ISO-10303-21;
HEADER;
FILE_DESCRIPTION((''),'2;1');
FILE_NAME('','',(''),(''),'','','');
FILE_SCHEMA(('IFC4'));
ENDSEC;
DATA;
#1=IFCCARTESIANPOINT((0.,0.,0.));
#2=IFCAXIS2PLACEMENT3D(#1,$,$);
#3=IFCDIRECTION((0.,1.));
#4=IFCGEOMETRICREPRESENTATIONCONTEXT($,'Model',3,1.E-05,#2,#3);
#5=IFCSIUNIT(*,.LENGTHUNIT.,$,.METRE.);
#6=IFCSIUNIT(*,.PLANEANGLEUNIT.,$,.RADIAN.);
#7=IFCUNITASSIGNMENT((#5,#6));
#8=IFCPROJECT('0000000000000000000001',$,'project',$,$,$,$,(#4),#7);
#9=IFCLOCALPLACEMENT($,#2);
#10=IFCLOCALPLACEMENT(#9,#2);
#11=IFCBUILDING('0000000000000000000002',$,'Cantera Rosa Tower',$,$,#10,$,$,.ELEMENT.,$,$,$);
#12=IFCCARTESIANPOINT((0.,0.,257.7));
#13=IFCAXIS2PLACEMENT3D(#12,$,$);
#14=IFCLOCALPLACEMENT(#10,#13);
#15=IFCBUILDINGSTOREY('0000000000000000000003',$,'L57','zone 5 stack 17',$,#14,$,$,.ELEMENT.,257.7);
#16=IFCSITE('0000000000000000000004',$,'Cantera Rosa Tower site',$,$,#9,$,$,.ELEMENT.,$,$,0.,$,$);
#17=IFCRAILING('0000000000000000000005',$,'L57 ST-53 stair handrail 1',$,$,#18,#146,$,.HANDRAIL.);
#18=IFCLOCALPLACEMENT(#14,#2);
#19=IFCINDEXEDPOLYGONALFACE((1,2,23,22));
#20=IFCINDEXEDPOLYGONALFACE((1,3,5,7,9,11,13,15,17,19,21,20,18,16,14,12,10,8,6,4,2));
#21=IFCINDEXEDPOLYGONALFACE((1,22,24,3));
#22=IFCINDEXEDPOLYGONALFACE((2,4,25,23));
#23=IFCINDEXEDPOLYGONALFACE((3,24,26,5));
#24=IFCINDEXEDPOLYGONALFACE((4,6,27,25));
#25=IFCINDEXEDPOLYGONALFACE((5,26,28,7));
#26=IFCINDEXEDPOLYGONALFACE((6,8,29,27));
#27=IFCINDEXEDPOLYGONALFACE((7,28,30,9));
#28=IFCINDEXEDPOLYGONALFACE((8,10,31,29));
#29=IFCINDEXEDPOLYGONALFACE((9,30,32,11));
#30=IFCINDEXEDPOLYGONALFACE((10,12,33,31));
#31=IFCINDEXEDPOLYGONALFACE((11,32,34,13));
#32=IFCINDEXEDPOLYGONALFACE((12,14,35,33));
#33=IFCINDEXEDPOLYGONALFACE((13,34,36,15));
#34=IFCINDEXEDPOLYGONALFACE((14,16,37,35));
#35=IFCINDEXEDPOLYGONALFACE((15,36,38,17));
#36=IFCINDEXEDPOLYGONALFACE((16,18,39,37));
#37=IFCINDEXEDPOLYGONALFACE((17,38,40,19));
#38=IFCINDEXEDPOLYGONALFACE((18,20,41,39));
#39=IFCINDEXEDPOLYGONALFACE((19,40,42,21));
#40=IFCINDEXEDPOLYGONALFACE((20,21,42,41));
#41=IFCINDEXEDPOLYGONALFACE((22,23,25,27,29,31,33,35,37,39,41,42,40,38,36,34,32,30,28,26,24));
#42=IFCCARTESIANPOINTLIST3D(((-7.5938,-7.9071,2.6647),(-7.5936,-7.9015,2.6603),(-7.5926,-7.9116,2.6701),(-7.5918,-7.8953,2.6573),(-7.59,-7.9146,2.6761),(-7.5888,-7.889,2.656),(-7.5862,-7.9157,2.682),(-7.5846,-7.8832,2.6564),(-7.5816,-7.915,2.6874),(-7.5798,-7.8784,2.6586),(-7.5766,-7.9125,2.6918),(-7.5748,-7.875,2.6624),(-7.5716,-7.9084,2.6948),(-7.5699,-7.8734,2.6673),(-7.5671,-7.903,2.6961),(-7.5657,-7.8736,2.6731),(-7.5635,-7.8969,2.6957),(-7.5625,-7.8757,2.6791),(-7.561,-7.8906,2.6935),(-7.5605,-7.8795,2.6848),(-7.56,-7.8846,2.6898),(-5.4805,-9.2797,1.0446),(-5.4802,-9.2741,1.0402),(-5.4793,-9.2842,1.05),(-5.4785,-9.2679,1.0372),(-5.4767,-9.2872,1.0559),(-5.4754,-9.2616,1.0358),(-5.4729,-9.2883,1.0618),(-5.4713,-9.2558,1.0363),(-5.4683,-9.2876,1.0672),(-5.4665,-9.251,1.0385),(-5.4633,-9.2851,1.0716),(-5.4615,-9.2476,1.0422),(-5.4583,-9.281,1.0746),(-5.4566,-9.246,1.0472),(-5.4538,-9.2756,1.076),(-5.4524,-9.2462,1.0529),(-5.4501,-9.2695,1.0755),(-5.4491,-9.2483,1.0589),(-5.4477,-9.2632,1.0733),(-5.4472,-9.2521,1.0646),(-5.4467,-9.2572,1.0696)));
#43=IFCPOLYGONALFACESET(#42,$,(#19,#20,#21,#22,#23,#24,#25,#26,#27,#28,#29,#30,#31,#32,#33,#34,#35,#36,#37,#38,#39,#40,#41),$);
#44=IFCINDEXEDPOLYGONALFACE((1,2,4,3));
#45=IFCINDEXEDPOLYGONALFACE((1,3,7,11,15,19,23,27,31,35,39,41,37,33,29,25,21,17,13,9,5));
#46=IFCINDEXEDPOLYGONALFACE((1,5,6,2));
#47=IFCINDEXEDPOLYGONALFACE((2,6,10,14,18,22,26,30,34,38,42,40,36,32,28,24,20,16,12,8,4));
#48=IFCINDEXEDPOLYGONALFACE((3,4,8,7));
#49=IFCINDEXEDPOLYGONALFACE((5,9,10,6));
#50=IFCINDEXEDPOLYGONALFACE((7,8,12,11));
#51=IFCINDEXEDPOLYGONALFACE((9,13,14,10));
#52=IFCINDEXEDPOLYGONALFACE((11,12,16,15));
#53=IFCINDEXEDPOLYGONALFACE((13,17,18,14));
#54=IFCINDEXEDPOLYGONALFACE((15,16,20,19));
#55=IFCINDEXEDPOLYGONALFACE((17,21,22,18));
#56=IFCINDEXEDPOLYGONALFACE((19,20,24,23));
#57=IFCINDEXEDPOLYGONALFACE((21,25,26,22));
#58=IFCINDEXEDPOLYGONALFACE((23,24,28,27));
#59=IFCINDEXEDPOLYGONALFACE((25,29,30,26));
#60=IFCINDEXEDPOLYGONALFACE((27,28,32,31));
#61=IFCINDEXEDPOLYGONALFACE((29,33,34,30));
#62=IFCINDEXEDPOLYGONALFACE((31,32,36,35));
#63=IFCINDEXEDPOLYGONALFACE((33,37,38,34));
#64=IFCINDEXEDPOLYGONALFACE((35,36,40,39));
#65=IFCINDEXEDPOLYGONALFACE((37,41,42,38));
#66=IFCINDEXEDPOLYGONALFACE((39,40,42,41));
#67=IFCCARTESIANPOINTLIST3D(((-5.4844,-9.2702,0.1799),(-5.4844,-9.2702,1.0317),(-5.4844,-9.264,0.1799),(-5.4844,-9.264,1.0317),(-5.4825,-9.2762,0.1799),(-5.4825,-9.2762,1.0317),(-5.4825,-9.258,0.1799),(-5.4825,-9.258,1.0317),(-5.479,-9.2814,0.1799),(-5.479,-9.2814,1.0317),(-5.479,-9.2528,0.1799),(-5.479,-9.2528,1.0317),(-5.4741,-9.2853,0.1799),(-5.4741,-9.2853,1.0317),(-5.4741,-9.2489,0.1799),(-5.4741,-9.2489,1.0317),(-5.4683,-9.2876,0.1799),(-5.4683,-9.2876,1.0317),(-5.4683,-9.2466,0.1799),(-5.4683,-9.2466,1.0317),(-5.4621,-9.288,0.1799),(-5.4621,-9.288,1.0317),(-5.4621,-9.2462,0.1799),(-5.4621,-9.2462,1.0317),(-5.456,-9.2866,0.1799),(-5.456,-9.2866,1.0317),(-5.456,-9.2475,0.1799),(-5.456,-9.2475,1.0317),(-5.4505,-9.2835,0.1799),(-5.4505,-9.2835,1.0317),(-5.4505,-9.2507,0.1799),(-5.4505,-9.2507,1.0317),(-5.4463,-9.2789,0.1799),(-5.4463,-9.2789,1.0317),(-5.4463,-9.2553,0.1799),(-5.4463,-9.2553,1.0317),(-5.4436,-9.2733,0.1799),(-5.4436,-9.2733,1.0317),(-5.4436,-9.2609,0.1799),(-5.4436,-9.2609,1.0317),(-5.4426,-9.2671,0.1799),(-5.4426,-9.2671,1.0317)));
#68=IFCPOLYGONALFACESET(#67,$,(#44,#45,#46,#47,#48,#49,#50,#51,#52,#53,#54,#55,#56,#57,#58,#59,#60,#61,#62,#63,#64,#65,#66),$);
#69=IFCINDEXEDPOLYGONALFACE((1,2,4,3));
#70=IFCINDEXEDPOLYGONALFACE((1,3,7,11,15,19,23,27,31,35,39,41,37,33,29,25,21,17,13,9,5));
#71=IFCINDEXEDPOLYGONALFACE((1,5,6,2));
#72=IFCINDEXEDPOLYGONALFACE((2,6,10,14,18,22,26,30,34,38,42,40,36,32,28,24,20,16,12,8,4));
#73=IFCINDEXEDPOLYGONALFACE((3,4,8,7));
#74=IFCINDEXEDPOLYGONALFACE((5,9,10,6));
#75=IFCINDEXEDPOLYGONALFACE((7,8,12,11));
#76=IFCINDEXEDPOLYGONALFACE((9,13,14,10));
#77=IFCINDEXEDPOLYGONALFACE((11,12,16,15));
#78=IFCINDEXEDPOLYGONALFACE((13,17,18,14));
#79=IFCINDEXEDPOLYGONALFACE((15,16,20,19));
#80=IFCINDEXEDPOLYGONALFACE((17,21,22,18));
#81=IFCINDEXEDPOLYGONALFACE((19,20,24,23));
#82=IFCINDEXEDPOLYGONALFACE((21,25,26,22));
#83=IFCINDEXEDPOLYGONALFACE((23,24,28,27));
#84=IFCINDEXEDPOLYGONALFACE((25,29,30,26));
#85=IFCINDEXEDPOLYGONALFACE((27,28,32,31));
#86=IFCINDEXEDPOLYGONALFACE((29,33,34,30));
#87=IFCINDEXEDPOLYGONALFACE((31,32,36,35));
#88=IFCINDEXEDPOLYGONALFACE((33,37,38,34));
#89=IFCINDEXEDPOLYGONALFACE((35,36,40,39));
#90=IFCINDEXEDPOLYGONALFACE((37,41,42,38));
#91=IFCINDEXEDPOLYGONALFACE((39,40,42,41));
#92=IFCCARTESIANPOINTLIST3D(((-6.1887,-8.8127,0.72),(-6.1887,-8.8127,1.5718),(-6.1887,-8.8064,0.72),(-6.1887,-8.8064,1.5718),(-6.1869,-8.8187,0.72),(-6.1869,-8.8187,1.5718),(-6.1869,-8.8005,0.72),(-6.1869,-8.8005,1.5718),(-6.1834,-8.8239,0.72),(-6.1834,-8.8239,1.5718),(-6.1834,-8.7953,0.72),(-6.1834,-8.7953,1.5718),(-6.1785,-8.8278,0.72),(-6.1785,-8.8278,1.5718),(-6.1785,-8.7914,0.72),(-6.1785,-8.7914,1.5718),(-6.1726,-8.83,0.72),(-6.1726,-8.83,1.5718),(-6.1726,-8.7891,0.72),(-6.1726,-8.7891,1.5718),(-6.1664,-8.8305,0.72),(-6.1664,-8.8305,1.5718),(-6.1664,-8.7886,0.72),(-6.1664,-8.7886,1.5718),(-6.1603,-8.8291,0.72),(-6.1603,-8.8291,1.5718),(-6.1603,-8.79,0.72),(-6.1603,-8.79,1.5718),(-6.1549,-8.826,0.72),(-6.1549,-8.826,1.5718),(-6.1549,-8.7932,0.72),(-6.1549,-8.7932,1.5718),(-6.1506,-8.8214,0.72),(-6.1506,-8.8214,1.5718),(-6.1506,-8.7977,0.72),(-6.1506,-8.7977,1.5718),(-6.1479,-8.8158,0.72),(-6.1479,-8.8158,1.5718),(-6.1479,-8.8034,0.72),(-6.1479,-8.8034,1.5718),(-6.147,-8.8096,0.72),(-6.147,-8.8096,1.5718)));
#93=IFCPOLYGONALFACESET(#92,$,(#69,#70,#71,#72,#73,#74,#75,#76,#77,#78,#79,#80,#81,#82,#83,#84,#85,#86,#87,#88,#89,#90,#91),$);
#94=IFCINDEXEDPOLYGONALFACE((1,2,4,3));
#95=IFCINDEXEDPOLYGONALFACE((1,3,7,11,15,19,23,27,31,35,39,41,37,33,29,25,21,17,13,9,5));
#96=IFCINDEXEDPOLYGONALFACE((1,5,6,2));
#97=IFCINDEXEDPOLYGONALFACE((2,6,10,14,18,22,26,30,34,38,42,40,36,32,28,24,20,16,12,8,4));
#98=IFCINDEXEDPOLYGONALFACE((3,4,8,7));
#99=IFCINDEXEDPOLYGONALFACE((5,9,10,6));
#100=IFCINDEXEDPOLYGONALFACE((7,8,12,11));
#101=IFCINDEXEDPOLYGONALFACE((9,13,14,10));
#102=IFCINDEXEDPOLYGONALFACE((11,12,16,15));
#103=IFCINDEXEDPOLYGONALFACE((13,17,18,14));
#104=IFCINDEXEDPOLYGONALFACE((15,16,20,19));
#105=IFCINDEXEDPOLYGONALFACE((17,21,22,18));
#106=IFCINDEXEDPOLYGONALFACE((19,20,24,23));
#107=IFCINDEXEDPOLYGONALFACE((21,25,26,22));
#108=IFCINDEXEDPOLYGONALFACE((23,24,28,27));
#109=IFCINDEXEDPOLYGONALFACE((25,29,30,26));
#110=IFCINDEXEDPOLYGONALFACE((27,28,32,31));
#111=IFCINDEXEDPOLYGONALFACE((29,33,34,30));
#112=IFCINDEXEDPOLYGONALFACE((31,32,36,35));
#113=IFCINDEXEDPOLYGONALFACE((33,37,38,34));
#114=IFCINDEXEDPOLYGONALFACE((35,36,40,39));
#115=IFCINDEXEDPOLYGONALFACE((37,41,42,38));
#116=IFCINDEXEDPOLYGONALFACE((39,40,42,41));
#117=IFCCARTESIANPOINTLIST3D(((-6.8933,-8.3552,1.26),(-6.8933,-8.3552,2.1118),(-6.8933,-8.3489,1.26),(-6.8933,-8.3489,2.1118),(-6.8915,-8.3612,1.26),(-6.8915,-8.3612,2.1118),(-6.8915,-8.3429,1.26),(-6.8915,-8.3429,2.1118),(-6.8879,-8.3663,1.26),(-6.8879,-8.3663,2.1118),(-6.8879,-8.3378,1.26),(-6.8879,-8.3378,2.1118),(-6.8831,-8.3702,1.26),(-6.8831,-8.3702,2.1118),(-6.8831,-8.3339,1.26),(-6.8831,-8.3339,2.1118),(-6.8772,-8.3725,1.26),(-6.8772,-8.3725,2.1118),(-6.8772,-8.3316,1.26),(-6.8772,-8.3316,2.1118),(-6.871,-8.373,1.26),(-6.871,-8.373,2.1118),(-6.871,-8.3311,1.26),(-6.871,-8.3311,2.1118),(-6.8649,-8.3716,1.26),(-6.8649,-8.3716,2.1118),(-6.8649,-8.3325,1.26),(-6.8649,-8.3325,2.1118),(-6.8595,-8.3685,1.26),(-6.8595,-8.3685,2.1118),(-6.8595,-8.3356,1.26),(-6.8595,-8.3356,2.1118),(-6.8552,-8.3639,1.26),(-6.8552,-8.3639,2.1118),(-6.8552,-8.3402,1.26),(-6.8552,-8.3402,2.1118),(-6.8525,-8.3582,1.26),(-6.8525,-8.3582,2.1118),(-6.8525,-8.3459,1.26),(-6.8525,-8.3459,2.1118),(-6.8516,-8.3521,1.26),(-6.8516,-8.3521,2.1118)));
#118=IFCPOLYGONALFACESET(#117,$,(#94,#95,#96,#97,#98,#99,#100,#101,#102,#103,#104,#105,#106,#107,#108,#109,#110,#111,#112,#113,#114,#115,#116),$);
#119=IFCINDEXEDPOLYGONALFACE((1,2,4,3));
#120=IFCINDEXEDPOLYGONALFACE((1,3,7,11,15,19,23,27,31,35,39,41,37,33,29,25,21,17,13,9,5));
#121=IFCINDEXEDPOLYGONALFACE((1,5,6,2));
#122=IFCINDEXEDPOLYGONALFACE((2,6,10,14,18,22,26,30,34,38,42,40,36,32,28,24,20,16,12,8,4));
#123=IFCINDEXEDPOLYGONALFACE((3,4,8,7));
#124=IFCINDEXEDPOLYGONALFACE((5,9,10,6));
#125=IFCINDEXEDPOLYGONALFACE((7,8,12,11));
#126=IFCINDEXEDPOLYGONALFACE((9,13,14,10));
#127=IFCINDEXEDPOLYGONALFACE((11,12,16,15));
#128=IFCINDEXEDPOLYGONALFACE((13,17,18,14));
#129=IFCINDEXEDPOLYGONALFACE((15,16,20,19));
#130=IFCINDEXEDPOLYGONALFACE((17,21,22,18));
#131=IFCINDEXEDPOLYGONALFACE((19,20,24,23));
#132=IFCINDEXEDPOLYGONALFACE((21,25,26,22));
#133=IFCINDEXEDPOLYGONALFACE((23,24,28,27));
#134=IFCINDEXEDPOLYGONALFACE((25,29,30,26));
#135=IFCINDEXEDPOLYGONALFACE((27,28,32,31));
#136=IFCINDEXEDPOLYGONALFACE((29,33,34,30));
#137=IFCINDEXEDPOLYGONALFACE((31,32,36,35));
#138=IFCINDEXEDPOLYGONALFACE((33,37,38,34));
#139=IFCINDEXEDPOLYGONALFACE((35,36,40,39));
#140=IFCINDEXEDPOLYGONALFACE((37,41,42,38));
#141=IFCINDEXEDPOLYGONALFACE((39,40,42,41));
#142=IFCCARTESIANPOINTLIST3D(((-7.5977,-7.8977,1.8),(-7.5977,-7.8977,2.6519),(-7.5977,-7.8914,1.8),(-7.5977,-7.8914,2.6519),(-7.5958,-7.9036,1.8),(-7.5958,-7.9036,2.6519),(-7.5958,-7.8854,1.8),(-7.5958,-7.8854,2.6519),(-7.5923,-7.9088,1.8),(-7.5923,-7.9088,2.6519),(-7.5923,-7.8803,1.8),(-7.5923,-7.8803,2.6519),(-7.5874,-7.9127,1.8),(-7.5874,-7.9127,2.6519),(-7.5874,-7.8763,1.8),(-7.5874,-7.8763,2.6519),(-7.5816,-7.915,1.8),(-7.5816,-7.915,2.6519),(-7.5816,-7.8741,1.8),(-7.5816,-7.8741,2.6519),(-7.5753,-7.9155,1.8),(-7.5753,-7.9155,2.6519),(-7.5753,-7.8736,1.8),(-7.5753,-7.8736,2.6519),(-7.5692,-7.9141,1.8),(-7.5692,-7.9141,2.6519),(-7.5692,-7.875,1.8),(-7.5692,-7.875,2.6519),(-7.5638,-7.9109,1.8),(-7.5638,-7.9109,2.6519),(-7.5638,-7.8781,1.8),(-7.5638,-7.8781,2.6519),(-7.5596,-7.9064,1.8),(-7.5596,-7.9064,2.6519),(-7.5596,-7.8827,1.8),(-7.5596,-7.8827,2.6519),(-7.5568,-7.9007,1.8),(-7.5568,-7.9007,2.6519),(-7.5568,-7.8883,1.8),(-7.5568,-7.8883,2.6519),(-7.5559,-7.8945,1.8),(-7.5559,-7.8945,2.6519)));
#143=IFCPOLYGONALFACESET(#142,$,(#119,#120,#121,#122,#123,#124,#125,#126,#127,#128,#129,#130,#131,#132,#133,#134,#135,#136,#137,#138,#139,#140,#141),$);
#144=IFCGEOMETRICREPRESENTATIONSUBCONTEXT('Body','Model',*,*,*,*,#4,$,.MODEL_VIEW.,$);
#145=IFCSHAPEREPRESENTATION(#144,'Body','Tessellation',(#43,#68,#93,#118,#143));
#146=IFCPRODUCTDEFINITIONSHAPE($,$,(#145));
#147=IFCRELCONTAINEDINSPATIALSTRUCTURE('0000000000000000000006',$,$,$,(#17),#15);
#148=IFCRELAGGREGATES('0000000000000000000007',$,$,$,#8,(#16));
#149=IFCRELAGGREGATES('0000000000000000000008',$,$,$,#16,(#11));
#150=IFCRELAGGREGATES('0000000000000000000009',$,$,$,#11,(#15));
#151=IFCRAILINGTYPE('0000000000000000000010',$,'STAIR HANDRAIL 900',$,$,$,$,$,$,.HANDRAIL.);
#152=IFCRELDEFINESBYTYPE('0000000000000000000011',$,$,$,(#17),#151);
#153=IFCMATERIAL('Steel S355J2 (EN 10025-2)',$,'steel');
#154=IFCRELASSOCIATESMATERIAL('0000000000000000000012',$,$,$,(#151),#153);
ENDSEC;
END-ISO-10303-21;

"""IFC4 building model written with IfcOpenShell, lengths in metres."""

from ifc_helpers import new_model, si_unit, direction, frame, origin, origin_2d, place, context, subcontext, project, spatial, circle, extrude, material, type_object, element, save


model = new_model("IFC4")

# Units and contexts
model_context = context("Model", 3, precision=1e-05, world=origin(), true_north=direction((0.0, 1.0)))
body_context = subcontext(model_context, "Body", "Model", "MODEL_VIEW")
ifc_project = project(units=[si_unit("LENGTHUNIT", "METRE"), si_unit("PLANEANGLEUNIT", "RADIAN")], contexts=[model_context])

# Site, building, storey
site_placement = place(None, origin())
site = spatial("IfcSite", under=ifc_project, at=site_placement, Name="Cantera Rosa Tower site", CompositionType="ELEMENT", RefElevation=0.0)
building_placement = place(site_placement, origin())
building = spatial("IfcBuilding", under=site, at=building_placement, Name="Cantera Rosa Tower", CompositionType="ELEMENT")
storey_placement = place(building_placement, frame((0.0, 0.0, 257.7)))
storey = spatial("IfcBuildingStorey", under=building, at=storey_placement, Name="L57", Description="zone 5 stack 17", CompositionType="ELEMENT", Elevation=257.7)

# Railing
ifc_material_1 = material(Name="Steel S355J2 (EN 10025-2)", Category="steel")
railing_type_1 = type_object("IfcRailingType", Name="STAIR HANDRAIL 900", PredefinedType="HANDRAIL", material=ifc_material_1)
railing_1_placement = place(storey_placement, frame((-5.4636, -9.2671, 0.1799)))
element("IfcRailing", 1, at=railing_1_placement, inside=storey, type_object=railing_type_1, Name="L57 ST-53 stair handrail 1", PredefinedType="HANDRAIL", context=body_context, shape_type="SweptSolid", body=[
    extrude(circle(Radius=0.0239, at=origin_2d()), frame((0.0, 0.0, 0.876), z_axis=(-0.705421, 0.458165, 0.540801), x_axis=(-0.544689, -0.838638, 0.0)), (0.0, 0.0, 1.0), 2.9958),
    extrude(circle(Radius=0.021, at=origin_2d()), origin(), (0.0, 0.0, 1.0), 0.8518),
    extrude(circle(Radius=0.021, at=origin_2d()), frame((-0.7043, 0.4575, 0.54)), (0.0, 0.0, 1.0), 0.8518),
    extrude(circle(Radius=0.021, at=origin_2d()), frame((-1.4089, 0.915, 1.0801)), (0.0, 0.0, 1.0), 0.8518),
    extrude(circle(Radius=0.021, at=origin_2d()), frame((-2.1133, 1.3726, 1.6201)), (0.0, 0.0, 1.0), 0.8518),
])

save(model, "model.ifc")
